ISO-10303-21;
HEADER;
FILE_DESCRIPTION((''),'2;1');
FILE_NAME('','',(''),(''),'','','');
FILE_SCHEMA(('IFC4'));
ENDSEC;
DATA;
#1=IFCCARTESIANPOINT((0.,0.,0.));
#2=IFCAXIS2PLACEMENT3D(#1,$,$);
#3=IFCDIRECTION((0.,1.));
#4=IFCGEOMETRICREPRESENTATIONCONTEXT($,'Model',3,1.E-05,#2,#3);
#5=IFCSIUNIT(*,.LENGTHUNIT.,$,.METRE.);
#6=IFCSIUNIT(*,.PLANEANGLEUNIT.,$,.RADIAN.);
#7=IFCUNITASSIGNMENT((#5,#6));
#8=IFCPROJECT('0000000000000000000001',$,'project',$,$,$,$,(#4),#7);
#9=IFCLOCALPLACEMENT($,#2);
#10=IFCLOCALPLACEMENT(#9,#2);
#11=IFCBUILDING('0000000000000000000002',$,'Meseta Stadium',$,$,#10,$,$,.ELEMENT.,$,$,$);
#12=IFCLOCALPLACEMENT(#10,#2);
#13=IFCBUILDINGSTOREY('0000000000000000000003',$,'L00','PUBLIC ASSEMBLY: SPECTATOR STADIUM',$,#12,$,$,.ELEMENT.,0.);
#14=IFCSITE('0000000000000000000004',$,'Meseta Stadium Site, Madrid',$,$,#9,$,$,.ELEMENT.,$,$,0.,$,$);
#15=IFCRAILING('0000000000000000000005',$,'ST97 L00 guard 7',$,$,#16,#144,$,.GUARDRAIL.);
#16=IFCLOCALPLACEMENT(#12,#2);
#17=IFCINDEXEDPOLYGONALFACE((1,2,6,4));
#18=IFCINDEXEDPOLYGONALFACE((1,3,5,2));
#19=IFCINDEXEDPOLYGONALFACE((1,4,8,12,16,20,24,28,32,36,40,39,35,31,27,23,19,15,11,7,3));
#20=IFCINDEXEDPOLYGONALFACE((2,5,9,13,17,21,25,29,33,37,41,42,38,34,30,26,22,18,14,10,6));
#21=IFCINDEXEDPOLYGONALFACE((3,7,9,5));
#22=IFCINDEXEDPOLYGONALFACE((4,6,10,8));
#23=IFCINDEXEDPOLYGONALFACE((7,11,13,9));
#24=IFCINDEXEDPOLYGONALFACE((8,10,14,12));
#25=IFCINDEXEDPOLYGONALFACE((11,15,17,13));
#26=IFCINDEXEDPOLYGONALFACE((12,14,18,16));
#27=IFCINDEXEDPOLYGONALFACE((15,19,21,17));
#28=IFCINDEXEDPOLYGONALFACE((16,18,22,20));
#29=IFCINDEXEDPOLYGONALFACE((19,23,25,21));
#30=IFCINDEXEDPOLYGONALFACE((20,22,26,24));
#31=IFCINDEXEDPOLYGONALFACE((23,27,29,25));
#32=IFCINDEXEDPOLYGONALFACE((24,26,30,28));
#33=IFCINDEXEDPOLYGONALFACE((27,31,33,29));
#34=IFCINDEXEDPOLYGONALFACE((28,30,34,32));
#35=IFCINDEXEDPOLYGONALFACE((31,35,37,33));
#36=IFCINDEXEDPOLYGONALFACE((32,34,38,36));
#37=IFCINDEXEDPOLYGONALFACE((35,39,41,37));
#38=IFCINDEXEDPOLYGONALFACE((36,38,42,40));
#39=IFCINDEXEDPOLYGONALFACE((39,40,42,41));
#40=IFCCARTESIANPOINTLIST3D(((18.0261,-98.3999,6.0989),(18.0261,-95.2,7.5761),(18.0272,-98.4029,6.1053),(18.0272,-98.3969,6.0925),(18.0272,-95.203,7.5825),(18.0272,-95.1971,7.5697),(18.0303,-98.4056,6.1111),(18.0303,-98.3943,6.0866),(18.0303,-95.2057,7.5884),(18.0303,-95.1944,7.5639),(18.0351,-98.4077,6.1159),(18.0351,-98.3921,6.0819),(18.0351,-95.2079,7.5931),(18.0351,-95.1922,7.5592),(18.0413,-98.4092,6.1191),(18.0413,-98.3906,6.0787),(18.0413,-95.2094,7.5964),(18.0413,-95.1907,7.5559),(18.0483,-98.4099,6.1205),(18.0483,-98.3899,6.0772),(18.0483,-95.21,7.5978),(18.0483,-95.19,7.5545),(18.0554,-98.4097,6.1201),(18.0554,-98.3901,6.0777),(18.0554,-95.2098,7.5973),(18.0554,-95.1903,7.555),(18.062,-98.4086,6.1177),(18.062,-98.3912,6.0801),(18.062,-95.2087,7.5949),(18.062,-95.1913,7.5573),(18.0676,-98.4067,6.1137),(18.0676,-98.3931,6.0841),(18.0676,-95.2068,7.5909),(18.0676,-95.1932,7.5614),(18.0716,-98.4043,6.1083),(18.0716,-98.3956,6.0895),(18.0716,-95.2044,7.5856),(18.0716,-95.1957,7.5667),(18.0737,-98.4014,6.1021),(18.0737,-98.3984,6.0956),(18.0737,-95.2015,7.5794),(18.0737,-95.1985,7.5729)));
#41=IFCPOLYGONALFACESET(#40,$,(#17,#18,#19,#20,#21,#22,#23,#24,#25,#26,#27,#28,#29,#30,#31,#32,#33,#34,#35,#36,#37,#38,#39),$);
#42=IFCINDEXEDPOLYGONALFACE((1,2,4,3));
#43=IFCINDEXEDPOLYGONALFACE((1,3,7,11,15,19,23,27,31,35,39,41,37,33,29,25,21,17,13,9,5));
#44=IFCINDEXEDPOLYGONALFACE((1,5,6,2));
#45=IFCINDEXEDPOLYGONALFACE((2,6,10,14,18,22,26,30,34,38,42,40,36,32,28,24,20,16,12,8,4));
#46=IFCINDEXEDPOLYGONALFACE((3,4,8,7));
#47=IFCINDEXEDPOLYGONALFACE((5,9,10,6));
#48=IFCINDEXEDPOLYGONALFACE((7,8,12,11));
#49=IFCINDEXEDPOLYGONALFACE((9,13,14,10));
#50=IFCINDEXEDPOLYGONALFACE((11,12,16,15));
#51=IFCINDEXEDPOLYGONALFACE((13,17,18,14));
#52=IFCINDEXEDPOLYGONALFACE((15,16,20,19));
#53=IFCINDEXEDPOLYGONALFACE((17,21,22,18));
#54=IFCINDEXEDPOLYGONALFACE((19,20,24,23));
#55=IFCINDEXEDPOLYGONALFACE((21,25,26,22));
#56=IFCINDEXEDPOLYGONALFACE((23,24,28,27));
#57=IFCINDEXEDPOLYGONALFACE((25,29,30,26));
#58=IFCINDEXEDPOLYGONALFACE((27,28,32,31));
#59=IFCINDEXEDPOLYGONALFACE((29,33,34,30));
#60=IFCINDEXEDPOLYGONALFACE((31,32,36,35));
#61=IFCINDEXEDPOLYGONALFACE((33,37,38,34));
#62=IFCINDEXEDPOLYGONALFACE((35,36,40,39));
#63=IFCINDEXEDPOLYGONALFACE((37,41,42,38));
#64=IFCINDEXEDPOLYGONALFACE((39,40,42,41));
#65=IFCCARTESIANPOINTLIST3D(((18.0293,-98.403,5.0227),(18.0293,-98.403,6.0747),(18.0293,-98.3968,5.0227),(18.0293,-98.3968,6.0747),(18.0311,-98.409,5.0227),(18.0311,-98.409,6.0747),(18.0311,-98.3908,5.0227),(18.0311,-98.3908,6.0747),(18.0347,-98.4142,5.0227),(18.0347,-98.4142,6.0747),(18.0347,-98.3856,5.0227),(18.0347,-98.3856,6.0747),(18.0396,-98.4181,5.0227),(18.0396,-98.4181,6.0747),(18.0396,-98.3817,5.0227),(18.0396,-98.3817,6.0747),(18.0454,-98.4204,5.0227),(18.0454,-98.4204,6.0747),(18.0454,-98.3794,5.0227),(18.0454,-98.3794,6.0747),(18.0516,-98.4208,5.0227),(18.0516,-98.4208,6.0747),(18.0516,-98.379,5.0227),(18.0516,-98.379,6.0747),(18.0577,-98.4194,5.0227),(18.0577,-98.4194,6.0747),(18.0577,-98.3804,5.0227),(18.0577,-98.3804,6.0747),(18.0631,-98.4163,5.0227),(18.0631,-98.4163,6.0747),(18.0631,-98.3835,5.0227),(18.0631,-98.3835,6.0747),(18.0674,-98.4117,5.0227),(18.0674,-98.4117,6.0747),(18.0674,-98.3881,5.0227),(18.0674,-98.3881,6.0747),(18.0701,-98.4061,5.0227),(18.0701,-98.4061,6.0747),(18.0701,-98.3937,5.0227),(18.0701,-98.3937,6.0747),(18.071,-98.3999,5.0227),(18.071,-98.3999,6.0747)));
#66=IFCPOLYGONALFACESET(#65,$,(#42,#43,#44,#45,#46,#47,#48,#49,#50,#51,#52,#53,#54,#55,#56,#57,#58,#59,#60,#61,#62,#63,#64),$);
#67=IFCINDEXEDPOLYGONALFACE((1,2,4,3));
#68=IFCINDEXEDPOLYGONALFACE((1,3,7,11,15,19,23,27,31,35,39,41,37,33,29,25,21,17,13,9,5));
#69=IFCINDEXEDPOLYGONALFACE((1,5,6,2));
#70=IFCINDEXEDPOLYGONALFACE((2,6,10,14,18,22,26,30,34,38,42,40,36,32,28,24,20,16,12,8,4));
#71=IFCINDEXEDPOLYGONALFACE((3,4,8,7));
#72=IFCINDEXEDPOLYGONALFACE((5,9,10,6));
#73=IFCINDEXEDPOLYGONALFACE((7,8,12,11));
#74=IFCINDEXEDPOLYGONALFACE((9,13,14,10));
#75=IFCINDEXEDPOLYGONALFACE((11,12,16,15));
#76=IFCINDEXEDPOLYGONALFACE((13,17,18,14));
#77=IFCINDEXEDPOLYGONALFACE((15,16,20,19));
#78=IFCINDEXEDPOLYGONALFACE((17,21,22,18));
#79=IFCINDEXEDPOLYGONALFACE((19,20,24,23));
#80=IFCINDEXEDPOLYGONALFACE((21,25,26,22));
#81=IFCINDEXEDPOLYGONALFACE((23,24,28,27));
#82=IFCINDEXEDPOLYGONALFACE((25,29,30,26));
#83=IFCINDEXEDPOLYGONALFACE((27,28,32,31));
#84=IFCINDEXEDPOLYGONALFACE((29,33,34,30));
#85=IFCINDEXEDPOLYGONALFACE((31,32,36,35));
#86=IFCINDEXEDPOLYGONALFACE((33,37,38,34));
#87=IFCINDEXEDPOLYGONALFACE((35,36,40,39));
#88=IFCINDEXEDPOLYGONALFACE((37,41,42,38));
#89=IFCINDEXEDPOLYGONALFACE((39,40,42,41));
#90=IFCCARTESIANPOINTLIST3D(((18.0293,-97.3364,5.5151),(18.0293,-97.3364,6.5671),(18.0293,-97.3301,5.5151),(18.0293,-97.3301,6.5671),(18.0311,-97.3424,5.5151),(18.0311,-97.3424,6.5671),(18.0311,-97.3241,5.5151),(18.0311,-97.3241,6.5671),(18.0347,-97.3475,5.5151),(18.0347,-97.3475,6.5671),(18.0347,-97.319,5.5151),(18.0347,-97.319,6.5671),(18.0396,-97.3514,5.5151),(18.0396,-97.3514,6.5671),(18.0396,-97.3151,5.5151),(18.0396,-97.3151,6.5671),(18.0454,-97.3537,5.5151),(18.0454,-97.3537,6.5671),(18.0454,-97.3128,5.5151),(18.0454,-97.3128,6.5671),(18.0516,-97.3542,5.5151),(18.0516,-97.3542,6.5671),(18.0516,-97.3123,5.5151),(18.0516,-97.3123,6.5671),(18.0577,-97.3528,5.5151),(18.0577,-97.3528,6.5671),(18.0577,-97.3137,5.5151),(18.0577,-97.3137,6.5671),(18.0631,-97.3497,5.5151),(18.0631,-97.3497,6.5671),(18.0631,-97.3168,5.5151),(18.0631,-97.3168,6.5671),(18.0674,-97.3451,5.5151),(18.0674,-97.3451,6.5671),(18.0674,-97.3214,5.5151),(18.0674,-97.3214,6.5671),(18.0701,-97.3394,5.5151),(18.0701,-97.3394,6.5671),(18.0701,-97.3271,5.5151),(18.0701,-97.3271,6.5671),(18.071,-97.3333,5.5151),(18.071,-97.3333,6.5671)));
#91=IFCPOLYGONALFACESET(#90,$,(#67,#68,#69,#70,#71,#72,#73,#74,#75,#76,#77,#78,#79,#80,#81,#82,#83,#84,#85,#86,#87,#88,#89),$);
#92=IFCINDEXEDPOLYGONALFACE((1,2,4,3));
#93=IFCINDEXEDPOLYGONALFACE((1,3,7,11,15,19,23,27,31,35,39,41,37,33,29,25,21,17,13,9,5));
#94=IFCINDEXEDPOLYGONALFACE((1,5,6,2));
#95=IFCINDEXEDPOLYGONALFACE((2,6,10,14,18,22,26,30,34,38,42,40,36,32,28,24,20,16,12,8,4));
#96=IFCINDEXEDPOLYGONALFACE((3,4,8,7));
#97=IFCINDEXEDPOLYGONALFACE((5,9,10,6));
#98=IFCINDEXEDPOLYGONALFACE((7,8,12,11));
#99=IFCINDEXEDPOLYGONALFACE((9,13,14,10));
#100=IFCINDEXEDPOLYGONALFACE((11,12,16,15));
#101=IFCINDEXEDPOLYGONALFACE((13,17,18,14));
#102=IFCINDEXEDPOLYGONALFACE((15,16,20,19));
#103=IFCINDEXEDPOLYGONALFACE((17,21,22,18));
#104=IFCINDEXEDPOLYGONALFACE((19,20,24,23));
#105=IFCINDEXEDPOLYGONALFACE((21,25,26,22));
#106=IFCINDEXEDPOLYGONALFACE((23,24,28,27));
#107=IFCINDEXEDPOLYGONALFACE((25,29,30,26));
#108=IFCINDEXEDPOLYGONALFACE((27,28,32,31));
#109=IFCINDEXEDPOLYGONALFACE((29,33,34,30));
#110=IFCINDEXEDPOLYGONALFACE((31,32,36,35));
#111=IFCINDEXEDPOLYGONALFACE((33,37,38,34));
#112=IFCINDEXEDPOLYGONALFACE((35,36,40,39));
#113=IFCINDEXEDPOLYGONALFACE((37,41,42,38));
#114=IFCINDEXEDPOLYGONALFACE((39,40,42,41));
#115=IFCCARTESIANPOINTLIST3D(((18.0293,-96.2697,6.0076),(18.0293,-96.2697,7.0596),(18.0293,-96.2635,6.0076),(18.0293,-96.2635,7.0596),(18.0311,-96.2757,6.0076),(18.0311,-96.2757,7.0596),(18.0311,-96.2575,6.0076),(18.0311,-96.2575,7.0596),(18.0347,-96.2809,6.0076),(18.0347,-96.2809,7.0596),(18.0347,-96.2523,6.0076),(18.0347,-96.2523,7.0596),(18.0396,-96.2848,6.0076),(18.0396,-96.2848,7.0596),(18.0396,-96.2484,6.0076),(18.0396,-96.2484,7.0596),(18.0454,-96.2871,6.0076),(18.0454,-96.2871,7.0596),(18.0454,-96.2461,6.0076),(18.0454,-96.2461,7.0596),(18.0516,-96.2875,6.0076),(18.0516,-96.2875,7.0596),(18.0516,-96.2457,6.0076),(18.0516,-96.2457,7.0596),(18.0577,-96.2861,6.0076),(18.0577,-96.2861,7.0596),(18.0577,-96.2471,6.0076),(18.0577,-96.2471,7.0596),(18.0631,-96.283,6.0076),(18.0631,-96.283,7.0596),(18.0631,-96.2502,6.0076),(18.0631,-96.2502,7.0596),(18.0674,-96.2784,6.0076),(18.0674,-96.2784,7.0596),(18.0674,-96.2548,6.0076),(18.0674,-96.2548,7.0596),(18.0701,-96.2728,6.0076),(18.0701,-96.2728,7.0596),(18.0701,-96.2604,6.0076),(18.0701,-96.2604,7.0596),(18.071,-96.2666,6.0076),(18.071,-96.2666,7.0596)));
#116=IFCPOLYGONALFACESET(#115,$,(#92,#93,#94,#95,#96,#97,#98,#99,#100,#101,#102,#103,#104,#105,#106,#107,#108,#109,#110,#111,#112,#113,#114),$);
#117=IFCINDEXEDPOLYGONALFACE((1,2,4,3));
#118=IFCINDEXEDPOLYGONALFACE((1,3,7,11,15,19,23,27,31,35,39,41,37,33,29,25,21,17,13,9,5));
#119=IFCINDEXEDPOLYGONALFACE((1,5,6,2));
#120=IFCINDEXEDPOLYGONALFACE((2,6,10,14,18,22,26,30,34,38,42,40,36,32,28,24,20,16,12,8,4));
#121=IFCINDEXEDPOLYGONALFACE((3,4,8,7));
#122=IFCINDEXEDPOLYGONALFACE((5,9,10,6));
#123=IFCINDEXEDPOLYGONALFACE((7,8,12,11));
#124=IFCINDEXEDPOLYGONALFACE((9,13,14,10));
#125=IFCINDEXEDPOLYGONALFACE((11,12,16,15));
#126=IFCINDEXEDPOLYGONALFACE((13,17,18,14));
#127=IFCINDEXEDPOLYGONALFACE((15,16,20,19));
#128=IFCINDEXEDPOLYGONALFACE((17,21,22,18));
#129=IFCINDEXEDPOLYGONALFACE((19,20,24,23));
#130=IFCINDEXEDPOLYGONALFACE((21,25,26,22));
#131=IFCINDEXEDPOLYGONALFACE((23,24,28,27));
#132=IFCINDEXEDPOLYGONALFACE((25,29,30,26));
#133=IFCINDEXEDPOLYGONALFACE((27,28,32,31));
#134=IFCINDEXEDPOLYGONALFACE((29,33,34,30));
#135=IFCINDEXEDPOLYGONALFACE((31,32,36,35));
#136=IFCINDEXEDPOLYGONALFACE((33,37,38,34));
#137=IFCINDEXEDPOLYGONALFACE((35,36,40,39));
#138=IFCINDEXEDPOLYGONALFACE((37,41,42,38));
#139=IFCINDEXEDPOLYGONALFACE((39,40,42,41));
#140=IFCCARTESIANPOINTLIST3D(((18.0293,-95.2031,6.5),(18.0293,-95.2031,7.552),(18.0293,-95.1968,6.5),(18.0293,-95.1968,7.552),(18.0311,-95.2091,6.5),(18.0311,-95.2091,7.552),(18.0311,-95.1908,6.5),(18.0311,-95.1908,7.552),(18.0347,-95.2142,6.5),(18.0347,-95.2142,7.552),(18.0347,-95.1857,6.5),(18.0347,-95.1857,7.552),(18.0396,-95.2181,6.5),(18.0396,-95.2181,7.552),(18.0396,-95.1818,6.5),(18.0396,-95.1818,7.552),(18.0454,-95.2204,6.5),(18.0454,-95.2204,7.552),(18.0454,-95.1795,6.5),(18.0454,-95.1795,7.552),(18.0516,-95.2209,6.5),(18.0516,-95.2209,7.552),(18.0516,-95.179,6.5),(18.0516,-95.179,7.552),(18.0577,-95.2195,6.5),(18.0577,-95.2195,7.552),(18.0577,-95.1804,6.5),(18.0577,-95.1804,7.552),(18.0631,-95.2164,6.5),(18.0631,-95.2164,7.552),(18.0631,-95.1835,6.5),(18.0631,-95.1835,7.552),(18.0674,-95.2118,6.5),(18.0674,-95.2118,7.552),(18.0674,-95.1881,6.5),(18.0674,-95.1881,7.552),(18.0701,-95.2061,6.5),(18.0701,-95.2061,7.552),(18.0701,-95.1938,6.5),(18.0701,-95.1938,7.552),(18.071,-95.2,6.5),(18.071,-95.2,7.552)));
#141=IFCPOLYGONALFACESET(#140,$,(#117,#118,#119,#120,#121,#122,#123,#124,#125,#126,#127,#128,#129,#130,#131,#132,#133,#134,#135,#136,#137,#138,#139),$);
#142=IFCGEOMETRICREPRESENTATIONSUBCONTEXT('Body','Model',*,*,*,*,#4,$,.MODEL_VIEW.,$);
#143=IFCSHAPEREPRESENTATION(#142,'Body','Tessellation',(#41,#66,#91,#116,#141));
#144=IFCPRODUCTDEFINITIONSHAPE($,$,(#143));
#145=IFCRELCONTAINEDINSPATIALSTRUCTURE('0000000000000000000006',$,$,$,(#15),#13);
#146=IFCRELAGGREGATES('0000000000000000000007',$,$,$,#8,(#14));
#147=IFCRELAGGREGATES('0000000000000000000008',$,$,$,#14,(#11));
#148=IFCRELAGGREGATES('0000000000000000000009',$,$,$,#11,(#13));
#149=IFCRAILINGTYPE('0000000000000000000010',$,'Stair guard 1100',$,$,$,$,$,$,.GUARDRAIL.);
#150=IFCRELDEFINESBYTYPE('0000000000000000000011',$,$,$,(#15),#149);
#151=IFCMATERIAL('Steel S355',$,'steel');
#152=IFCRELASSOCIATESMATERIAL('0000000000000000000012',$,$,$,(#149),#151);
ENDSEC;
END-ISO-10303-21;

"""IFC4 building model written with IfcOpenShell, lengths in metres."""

from ifc_helpers import new_model, si_unit, direction, frame, origin, origin_2d, place, context, subcontext, project, spatial, circle, extrude, material, type_object, element, save


model = new_model("IFC4")

# Units and contexts
model_context = context("Model", 3, precision=1e-05, world=origin(), true_north=direction((0.0, 1.0)))
body_context = subcontext(model_context, "Body", "Model", "MODEL_VIEW")
ifc_project = project(units=[si_unit("LENGTHUNIT", "METRE"), si_unit("PLANEANGLEUNIT", "RADIAN")], contexts=[model_context])

# Site, building, storey
site_placement = place(None, origin())
site = spatial("IfcSite", under=ifc_project, at=site_placement, Name="Meseta Stadium Site, Madrid", CompositionType="ELEMENT", RefElevation=0.0)
building_placement = place(site_placement, origin())
building = spatial("IfcBuilding", under=site, at=building_placement, Name="Meseta Stadium", CompositionType="ELEMENT")
storey_placement = place(building_placement, origin())
storey = spatial("IfcBuildingStorey", under=building, at=storey_placement, Name="L00", Description="PUBLIC ASSEMBLY: SPECTATOR STADIUM", CompositionType="ELEMENT", Elevation=0.0)

# Railing
ifc_material_1 = material(Name="Steel S355", Category="steel")
railing_type_1 = type_object("IfcRailingType", Name="Stair guard 1100", PredefinedType="GUARDRAIL", material=ifc_material_1)
railing_1_placement = place(storey_placement, frame((18.05, -98.3999, 5.0227)))
element("IfcRailing", 1, at=railing_1_placement, inside=storey, type_object=railing_type_1, Name="ST97 L00 guard 7", PredefinedType="GUARDRAIL", context=body_context, shape_type="SweptSolid", body=[
    extrude(circle(Radius=0.0239, at=origin_2d()), frame((0.0, 0.0, 1.0762), z_axis=(0.0, 0.907917, 0.41915), x_axis=(-1.0, 0.0, 0.0)), (0.0, 0.0, 1.0), 3.5244),
    extrude(circle(Radius=0.021, at=origin_2d()), origin(), (0.0, 0.0, 1.0), 1.052),
    extrude(circle(Radius=0.021, at=origin_2d()), frame((0.0, 1.0667, 0.4924)), (0.0, 0.0, 1.0), 1.052),
    extrude(circle(Radius=0.021, at=origin_2d()), frame((0.0, 2.1333, 0.9849)), (0.0, 0.0, 1.0), 1.052),
    extrude(circle(Radius=0.021, at=origin_2d()), frame((0.0, 3.2, 1.4773)), (0.0, 0.0, 1.0), 1.052),
])

save(model, "model.ifc")
